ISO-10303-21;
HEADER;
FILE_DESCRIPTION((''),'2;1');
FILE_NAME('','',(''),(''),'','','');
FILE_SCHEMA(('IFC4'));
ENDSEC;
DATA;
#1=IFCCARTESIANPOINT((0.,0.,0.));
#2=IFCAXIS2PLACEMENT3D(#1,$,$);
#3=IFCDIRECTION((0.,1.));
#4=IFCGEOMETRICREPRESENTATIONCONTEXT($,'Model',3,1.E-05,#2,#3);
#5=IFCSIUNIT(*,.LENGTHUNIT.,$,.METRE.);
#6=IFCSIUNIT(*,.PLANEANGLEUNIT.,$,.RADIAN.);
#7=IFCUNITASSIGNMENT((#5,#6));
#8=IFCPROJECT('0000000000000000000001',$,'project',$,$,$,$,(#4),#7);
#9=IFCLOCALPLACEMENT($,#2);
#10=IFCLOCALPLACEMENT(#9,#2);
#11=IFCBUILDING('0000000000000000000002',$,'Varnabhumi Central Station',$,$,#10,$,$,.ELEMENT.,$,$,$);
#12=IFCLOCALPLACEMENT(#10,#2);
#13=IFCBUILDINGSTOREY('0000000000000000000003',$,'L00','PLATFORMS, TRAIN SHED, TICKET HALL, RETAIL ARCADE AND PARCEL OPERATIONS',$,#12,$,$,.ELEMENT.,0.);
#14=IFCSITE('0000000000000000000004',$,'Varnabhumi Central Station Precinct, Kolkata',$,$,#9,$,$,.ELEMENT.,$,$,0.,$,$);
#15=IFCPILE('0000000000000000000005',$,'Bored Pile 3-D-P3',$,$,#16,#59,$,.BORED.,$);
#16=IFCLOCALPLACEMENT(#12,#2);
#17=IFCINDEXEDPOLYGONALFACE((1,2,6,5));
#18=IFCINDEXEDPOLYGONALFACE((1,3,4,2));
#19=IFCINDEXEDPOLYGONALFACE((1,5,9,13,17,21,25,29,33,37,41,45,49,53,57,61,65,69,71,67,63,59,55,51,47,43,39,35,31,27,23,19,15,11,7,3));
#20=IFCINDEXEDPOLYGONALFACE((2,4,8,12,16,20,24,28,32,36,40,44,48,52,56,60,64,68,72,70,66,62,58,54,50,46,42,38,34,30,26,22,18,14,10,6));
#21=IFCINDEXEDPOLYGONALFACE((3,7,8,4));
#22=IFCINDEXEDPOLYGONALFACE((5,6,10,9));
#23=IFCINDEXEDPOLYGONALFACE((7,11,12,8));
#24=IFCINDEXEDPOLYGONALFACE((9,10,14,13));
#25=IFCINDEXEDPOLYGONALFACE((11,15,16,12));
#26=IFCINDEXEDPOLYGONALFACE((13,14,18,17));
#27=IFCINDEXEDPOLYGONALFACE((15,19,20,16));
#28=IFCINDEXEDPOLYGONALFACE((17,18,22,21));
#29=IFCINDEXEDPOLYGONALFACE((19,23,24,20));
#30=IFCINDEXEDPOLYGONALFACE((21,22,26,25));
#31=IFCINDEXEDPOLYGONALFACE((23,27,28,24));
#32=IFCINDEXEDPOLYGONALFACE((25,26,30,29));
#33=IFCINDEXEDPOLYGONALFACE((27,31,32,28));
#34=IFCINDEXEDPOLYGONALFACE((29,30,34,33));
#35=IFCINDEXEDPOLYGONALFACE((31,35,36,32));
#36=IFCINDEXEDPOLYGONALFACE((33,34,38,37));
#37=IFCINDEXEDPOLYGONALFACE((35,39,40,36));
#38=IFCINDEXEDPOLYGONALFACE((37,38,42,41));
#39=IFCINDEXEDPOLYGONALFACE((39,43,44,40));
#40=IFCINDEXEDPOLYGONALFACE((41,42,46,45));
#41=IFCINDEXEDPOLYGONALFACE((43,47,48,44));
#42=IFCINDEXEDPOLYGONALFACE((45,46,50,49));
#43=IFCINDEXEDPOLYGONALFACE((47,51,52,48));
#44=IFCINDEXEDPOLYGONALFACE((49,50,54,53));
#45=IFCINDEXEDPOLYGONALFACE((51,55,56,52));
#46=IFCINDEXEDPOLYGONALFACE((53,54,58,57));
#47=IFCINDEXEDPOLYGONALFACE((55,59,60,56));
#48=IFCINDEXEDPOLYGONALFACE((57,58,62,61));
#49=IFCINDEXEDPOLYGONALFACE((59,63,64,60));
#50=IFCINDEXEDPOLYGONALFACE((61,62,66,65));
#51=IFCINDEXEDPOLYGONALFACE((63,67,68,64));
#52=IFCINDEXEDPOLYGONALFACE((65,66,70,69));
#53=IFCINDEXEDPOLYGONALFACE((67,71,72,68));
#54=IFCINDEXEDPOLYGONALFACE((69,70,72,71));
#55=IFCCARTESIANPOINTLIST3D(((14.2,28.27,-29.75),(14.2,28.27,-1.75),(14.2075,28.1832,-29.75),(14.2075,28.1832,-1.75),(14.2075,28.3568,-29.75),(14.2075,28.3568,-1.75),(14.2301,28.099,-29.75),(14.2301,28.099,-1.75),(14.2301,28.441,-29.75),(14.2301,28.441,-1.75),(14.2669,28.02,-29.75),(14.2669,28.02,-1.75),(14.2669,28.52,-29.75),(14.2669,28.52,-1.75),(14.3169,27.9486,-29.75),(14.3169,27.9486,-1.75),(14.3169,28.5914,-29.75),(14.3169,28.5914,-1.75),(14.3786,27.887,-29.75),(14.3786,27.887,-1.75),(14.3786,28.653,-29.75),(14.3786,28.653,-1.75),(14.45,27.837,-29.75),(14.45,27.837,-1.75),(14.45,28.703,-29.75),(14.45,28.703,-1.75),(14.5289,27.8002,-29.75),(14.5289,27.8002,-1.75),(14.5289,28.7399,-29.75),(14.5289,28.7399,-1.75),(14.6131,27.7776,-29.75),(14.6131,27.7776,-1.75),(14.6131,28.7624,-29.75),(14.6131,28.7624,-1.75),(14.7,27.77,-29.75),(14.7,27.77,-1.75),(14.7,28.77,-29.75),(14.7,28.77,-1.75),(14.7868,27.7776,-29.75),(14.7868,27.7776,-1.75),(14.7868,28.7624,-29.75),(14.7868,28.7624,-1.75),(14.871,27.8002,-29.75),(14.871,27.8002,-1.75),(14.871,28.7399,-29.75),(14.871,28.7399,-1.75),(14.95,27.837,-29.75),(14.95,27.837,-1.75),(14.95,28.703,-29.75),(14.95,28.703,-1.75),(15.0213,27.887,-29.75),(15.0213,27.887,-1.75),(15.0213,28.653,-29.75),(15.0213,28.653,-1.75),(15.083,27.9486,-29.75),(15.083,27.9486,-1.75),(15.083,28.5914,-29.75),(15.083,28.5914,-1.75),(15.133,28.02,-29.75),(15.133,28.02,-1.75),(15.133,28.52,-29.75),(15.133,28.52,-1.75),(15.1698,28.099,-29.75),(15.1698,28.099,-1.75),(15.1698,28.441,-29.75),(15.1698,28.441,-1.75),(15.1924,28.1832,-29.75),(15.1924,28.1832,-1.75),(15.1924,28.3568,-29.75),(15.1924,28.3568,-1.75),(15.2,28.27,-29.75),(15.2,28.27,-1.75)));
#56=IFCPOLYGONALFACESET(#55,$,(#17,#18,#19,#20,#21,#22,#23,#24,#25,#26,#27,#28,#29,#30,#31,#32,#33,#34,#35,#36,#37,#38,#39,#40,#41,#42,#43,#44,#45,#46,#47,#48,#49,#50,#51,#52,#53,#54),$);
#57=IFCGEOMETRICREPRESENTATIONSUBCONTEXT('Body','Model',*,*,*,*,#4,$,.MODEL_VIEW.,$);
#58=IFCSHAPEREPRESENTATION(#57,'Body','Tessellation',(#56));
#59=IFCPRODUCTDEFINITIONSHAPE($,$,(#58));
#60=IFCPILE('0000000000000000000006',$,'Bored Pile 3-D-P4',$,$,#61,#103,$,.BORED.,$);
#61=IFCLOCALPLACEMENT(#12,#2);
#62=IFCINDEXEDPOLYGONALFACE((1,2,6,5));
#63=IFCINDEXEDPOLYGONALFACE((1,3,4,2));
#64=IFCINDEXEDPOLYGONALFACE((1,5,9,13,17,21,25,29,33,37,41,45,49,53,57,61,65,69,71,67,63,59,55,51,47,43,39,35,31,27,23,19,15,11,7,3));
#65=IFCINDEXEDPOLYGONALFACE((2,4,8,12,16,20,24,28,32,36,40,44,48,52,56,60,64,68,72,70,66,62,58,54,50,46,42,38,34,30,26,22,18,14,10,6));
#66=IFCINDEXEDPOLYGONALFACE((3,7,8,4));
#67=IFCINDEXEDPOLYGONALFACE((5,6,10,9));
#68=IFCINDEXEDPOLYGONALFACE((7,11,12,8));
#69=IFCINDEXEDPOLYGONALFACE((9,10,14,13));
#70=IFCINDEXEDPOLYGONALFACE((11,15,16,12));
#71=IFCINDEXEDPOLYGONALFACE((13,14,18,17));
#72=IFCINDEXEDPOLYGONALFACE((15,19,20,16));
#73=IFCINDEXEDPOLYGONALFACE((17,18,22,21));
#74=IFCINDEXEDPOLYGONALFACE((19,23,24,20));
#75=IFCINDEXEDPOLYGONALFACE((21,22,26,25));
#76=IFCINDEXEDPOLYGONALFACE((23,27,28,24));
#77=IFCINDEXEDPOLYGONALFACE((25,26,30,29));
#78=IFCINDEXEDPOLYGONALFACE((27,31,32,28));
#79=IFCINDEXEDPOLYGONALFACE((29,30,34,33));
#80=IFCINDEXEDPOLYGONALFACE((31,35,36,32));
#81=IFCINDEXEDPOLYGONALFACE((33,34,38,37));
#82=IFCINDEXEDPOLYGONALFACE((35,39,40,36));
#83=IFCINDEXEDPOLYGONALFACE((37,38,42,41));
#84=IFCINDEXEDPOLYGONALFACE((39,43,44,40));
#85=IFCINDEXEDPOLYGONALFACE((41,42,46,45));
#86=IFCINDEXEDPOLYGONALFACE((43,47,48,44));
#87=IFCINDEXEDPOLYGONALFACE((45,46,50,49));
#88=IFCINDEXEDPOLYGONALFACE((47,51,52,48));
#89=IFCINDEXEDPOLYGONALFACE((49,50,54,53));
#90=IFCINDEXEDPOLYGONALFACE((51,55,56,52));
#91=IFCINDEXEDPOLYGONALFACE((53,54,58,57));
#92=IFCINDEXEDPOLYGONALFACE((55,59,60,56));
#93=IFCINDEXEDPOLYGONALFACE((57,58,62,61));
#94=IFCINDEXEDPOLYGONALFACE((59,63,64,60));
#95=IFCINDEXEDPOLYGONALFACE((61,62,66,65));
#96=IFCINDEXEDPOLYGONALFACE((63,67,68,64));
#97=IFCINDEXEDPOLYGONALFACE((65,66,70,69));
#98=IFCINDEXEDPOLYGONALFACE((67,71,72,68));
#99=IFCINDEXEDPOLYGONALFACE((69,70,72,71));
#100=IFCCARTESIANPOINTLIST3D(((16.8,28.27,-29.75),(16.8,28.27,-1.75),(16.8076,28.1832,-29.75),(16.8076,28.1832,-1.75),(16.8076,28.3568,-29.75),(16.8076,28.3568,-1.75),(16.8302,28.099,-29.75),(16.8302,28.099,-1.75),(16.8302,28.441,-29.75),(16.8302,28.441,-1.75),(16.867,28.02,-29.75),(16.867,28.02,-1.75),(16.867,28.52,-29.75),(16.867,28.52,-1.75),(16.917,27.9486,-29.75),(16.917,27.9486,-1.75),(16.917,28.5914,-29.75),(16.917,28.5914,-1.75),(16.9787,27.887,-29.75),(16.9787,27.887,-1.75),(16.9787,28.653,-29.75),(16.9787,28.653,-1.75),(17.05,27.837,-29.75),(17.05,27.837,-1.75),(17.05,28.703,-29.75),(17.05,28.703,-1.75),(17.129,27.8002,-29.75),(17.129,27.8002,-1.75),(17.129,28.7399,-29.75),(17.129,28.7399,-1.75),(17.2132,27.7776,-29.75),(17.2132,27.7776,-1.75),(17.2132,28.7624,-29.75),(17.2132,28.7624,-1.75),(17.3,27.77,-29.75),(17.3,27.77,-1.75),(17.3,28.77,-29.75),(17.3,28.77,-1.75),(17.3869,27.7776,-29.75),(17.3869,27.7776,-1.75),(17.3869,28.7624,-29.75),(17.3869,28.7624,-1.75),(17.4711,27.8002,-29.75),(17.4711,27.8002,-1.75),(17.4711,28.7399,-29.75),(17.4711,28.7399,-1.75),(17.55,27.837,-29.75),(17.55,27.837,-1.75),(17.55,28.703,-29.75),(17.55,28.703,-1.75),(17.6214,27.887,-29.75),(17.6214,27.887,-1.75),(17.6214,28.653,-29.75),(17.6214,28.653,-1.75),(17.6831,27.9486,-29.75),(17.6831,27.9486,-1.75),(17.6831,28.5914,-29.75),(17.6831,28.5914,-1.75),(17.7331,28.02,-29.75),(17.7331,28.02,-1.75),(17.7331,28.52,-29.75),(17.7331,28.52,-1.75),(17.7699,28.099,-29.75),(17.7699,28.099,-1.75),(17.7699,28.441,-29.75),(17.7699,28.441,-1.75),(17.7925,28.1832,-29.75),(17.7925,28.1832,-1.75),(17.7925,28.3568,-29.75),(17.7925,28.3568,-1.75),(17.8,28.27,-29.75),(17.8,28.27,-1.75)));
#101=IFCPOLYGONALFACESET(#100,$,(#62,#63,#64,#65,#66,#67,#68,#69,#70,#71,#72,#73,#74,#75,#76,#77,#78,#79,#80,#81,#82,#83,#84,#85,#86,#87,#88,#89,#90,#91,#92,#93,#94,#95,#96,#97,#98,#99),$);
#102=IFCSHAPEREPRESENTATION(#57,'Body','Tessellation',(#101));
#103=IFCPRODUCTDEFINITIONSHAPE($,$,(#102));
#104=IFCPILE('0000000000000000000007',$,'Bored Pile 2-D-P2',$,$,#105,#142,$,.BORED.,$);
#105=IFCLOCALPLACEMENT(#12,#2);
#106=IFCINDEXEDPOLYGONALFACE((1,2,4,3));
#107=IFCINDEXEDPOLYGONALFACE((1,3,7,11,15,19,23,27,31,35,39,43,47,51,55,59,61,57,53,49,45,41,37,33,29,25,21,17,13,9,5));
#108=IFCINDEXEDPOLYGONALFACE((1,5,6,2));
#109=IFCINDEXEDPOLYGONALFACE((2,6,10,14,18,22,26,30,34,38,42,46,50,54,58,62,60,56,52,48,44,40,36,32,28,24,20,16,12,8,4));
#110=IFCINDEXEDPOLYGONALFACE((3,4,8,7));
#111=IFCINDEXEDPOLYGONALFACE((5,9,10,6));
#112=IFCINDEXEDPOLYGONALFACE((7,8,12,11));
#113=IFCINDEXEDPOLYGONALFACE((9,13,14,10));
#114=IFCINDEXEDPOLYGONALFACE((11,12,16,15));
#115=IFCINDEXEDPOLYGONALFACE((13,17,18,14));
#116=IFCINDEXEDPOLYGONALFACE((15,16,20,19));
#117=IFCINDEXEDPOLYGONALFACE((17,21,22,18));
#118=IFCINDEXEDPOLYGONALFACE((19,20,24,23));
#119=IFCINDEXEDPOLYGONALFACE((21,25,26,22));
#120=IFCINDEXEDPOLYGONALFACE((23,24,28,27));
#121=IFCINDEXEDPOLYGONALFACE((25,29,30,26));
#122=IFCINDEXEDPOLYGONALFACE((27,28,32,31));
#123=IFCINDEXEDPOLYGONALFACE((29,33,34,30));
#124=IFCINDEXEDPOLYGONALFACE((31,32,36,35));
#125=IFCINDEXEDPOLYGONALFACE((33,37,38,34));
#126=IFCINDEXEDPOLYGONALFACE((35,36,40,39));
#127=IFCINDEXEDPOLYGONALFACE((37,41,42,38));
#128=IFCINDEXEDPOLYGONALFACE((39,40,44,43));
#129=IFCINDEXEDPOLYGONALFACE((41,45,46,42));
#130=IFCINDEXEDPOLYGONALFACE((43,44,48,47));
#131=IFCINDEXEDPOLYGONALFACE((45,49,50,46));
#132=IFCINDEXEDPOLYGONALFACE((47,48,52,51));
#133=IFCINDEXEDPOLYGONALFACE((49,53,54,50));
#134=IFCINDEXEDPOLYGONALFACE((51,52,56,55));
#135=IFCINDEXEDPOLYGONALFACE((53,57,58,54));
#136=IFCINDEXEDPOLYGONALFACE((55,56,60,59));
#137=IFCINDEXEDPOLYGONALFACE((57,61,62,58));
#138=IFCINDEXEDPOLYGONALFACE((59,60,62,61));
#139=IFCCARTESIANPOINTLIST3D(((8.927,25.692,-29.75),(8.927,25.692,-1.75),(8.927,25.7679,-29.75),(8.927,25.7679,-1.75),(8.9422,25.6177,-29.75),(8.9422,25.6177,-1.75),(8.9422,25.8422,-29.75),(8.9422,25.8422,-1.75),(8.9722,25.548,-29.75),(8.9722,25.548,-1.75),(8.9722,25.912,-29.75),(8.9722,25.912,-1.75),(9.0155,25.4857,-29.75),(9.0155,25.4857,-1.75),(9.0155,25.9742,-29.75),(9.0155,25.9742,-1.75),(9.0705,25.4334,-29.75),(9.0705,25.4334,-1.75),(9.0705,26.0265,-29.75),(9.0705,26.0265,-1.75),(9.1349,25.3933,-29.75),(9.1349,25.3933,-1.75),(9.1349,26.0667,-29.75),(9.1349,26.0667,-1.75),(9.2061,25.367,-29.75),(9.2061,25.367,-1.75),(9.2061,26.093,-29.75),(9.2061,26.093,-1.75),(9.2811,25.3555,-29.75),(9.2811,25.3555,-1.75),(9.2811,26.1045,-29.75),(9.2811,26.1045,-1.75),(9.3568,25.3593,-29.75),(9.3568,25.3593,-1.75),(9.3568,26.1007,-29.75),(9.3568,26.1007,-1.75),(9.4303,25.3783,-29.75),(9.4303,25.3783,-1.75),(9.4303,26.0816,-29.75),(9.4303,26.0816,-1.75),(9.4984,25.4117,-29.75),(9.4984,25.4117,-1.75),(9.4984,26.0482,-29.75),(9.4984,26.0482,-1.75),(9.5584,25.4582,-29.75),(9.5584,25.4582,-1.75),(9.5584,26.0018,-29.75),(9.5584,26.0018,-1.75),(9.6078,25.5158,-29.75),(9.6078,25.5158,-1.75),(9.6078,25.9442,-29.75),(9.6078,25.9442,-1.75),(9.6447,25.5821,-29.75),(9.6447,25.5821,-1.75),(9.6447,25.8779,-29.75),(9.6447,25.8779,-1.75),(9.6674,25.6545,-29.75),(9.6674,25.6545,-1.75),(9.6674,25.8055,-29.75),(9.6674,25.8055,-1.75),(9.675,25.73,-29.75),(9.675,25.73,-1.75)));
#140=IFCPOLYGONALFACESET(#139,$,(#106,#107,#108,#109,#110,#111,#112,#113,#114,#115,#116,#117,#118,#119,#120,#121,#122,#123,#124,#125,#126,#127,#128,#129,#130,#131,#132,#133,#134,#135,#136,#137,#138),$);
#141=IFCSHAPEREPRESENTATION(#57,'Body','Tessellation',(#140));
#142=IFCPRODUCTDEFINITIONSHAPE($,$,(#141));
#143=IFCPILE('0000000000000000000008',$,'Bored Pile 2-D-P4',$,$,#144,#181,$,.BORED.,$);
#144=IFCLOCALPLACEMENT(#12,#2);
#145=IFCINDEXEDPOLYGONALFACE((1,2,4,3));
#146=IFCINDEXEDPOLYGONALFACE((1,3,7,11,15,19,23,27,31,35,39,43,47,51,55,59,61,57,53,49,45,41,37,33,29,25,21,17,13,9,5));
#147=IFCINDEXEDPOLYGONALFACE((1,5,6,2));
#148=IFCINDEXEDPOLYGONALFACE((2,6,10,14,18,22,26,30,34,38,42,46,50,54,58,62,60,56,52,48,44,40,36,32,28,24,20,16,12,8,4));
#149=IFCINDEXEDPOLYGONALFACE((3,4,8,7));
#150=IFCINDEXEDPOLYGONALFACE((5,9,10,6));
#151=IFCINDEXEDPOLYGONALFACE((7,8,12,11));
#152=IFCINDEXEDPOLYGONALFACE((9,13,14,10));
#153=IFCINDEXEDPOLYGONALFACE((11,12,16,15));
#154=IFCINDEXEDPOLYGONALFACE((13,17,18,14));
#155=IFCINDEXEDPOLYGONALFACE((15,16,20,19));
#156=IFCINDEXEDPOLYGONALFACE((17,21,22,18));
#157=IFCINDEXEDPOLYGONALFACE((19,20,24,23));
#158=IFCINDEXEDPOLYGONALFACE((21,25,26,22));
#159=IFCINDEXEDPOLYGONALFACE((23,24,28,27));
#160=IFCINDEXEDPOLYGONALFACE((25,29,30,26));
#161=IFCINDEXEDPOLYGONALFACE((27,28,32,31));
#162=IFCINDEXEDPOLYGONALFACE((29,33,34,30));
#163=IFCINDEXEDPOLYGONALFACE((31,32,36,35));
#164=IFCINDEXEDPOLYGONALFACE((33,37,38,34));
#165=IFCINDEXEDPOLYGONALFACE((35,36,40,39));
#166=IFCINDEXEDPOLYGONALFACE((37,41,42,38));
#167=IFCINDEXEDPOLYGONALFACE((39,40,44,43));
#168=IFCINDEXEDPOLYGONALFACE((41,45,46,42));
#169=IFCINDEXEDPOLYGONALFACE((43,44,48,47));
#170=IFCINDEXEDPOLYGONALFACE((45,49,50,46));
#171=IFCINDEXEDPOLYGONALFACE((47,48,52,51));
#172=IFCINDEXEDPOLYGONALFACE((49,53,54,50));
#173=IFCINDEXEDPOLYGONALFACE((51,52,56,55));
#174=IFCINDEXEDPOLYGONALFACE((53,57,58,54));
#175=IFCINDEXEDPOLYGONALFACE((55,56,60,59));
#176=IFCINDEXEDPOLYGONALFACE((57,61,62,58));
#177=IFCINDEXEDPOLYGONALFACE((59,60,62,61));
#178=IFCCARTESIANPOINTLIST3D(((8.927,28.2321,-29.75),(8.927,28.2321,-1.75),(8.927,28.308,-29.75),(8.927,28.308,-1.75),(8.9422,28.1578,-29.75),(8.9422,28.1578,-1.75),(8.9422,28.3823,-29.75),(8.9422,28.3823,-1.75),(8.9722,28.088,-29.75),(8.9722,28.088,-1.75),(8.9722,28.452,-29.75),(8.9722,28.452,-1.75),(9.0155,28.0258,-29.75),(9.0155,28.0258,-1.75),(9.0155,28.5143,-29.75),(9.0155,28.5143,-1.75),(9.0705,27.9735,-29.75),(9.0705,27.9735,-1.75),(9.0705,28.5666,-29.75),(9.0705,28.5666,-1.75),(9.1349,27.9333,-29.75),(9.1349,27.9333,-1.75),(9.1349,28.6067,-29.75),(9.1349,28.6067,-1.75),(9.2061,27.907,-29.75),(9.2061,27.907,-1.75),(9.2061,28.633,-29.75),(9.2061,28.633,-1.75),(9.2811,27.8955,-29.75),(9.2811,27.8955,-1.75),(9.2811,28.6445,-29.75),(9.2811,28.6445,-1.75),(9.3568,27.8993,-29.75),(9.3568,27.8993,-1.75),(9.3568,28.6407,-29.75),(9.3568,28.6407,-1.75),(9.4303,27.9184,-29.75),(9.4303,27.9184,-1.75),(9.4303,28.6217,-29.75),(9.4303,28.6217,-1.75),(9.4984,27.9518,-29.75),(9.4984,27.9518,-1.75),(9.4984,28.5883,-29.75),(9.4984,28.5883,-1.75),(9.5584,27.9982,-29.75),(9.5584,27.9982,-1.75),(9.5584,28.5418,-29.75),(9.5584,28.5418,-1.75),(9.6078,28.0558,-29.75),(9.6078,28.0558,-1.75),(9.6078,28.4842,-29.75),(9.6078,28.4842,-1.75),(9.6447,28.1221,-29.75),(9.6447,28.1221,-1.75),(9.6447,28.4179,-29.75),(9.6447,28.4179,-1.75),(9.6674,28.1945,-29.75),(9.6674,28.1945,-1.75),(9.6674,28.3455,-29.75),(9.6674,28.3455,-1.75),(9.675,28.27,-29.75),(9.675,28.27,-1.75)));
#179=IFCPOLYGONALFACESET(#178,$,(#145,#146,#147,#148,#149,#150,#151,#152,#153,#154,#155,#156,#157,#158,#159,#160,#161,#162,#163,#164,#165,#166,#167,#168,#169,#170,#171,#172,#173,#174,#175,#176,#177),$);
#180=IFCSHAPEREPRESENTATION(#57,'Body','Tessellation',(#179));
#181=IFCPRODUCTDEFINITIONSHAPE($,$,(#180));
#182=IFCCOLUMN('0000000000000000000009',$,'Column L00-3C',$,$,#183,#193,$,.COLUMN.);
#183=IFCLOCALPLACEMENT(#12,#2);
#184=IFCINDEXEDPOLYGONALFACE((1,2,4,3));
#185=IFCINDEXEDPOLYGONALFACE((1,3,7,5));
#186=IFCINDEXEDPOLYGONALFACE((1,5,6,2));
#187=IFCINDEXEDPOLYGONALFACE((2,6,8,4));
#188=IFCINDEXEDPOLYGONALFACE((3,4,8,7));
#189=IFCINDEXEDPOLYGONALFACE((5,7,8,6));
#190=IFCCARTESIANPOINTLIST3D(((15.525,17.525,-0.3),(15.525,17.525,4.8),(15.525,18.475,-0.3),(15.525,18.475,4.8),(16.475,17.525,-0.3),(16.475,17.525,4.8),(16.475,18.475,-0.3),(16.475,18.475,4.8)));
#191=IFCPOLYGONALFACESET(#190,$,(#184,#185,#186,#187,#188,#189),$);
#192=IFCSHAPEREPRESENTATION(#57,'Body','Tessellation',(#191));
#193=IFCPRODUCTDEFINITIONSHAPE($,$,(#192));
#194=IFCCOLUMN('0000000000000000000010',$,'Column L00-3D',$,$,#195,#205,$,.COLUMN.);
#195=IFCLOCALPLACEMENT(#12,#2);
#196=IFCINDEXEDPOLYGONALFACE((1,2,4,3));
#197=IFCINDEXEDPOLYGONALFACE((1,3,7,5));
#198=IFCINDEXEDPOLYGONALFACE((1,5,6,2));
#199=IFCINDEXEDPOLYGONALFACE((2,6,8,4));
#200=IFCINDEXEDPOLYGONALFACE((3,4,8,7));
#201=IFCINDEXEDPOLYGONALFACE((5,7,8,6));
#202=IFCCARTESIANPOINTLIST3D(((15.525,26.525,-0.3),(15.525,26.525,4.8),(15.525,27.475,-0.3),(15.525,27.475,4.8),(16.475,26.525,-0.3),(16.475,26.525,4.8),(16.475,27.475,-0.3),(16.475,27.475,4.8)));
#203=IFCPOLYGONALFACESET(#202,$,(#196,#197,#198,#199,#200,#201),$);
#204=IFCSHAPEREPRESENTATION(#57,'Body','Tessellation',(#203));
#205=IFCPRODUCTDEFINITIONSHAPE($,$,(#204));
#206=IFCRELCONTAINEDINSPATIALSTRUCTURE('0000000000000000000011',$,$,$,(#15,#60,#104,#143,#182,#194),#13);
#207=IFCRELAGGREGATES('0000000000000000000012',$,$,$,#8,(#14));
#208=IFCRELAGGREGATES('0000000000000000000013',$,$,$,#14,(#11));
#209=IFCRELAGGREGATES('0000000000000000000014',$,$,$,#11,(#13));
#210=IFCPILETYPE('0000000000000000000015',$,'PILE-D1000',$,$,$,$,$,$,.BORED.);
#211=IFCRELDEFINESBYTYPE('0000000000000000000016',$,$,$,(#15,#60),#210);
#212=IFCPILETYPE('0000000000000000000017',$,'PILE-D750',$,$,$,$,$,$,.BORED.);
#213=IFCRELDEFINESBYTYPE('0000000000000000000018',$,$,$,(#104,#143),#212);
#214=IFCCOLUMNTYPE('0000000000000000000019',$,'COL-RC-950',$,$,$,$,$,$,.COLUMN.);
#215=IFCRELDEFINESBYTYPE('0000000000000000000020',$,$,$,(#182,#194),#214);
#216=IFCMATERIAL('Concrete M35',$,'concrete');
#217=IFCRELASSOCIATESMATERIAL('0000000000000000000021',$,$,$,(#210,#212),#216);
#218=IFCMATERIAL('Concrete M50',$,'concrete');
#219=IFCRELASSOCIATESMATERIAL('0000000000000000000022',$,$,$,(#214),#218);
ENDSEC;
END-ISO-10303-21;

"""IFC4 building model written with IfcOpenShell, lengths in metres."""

from ifc_helpers import new_model, si_unit, direction, frame, origin, origin_2d, place, context, subcontext, project, spatial, rectangle, circle, extrude, material, material_profile, profile_set, type_object, element, save


model = new_model("IFC4")

# Units and contexts
model_context = context("Model", 3, precision=1e-05, world=origin(), true_north=direction((0.0, 1.0)))
body_context = subcontext(model_context, "Body", "Model", "MODEL_VIEW")
ifc_project = project(units=[si_unit("LENGTHUNIT", "METRE"), si_unit("PLANEANGLEUNIT", "RADIAN")], contexts=[model_context])

# Site, building, storey
site_placement = place(None, origin())
site = spatial("IfcSite", under=ifc_project, at=site_placement, Name="Varnabhumi Central Station Precinct, Kolkata", CompositionType="ELEMENT", RefElevation=0.0)
building_placement = place(site_placement, origin())
building = spatial("IfcBuilding", under=site, at=building_placement, Name="Varnabhumi Central Station", CompositionType="ELEMENT")
storey_placement = place(building_placement, origin())
storey = spatial("IfcBuildingStorey", under=building, at=storey_placement, Name="L00", Description="PLATFORMS, TRAIN SHED, TICKET HALL, RETAIL ARCADE AND PARCEL OPERATIONS", CompositionType="ELEMENT", Elevation=0.0)

# Piles
ifc_material_1 = material(Name="Concrete M35", Category="concrete")
ifc_material_profile_1 = material_profile(ifc_material_1, circle(Radius=0.5, at=origin_2d()), Name="Concrete M35", Category="concrete")
ifc_profile_set_1 = profile_set([ifc_material_profile_1], Name="Concrete M35")
pile_type_1 = type_object("IfcPileType", Name="PILE-D1000", PredefinedType="BORED", material=ifc_profile_set_1)
for number, where, z_axis, x_axis, name in (
    (1, (14.7, 28.27, -1.75), (0.0, 0.0, -1.0), (1.0, 0.0, 0.0), "Bored Pile 3-D-P3"),
    (2, (17.3, 28.27, -1.75), (0.0, 0.0, -1.0), (1.0, 0.0, 0.0), "Bored Pile 3-D-P4"),
):
    element("IfcPile", number, at=place(storey_placement, frame(where, z_axis=z_axis, x_axis=x_axis)), inside=storey, type_object=pile_type_1, Name=name, PredefinedType="BORED", context=body_context, shape_type="SweptSolid", body=[
        extrude(circle(Radius=0.5, at=origin_2d()), origin(), (0.0, 0.0, 1.0), 28.0),
    ])
ifc_material_profile_2 = material_profile(ifc_material_1, circle(Radius=0.375, at=origin_2d()), Name="Concrete M35", Category="concrete")
ifc_profile_set_2 = profile_set([ifc_material_profile_2], Name="Concrete M35")
pile_type_2 = type_object("IfcPileType", Name="PILE-D750", PredefinedType="BORED", material=ifc_profile_set_2)
for number, where, z_axis, x_axis, name in (
    (3, (9.3, 25.73, -1.75), (0.0, 0.0, -1.0), (1.0, 0.0, 0.0), "Bored Pile 2-D-P2"),
    (4, (9.3, 28.27, -1.75), (0.0, 0.0, -1.0), (1.0, 0.0, 0.0), "Bored Pile 2-D-P4"),
):
    element("IfcPile", number, at=place(storey_placement, frame(where, z_axis=z_axis, x_axis=x_axis)), inside=storey, type_object=pile_type_2, Name=name, PredefinedType="BORED", context=body_context, shape_type="SweptSolid", body=[
        extrude(circle(Radius=0.375, at=origin_2d()), origin(), (0.0, 0.0, 1.0), 28.0),
    ])

# Columns
ifc_material_2 = material(Name="Concrete M50", Category="concrete")
ifc_material_profile_3 = material_profile(ifc_material_2, rectangle(XDim=0.95, YDim=0.95, at=origin_2d()), Name="Concrete M50", Category="concrete")
ifc_profile_set_3 = profile_set([ifc_material_profile_3], Name="Concrete M50")
column_type = type_object("IfcColumnType", Name="COL-RC-950", PredefinedType="COLUMN", material=ifc_profile_set_3)
for number, where, z_axis, x_axis, name in (
    (5, (16.0, 18.0, -0.3), (0.0, 0.0, 1.0), (1.0, 0.0, 0.0), "Column L00-3C"),
    (6, (16.0, 27.0, -0.3), (0.0, 0.0, 1.0), (1.0, 0.0, 0.0), "Column L00-3D"),
):
    element("IfcColumn", number, at=place(storey_placement, frame(where, z_axis=z_axis, x_axis=x_axis)), inside=storey, type_object=column_type, Name=name, PredefinedType="COLUMN", context=body_context, shape_type="SweptSolid", body=[
        extrude(rectangle(XDim=0.95, YDim=0.95, at=origin_2d()), origin(), (0.0, 0.0, 1.0), 5.1001),
    ])

save(model, "model.ifc")
